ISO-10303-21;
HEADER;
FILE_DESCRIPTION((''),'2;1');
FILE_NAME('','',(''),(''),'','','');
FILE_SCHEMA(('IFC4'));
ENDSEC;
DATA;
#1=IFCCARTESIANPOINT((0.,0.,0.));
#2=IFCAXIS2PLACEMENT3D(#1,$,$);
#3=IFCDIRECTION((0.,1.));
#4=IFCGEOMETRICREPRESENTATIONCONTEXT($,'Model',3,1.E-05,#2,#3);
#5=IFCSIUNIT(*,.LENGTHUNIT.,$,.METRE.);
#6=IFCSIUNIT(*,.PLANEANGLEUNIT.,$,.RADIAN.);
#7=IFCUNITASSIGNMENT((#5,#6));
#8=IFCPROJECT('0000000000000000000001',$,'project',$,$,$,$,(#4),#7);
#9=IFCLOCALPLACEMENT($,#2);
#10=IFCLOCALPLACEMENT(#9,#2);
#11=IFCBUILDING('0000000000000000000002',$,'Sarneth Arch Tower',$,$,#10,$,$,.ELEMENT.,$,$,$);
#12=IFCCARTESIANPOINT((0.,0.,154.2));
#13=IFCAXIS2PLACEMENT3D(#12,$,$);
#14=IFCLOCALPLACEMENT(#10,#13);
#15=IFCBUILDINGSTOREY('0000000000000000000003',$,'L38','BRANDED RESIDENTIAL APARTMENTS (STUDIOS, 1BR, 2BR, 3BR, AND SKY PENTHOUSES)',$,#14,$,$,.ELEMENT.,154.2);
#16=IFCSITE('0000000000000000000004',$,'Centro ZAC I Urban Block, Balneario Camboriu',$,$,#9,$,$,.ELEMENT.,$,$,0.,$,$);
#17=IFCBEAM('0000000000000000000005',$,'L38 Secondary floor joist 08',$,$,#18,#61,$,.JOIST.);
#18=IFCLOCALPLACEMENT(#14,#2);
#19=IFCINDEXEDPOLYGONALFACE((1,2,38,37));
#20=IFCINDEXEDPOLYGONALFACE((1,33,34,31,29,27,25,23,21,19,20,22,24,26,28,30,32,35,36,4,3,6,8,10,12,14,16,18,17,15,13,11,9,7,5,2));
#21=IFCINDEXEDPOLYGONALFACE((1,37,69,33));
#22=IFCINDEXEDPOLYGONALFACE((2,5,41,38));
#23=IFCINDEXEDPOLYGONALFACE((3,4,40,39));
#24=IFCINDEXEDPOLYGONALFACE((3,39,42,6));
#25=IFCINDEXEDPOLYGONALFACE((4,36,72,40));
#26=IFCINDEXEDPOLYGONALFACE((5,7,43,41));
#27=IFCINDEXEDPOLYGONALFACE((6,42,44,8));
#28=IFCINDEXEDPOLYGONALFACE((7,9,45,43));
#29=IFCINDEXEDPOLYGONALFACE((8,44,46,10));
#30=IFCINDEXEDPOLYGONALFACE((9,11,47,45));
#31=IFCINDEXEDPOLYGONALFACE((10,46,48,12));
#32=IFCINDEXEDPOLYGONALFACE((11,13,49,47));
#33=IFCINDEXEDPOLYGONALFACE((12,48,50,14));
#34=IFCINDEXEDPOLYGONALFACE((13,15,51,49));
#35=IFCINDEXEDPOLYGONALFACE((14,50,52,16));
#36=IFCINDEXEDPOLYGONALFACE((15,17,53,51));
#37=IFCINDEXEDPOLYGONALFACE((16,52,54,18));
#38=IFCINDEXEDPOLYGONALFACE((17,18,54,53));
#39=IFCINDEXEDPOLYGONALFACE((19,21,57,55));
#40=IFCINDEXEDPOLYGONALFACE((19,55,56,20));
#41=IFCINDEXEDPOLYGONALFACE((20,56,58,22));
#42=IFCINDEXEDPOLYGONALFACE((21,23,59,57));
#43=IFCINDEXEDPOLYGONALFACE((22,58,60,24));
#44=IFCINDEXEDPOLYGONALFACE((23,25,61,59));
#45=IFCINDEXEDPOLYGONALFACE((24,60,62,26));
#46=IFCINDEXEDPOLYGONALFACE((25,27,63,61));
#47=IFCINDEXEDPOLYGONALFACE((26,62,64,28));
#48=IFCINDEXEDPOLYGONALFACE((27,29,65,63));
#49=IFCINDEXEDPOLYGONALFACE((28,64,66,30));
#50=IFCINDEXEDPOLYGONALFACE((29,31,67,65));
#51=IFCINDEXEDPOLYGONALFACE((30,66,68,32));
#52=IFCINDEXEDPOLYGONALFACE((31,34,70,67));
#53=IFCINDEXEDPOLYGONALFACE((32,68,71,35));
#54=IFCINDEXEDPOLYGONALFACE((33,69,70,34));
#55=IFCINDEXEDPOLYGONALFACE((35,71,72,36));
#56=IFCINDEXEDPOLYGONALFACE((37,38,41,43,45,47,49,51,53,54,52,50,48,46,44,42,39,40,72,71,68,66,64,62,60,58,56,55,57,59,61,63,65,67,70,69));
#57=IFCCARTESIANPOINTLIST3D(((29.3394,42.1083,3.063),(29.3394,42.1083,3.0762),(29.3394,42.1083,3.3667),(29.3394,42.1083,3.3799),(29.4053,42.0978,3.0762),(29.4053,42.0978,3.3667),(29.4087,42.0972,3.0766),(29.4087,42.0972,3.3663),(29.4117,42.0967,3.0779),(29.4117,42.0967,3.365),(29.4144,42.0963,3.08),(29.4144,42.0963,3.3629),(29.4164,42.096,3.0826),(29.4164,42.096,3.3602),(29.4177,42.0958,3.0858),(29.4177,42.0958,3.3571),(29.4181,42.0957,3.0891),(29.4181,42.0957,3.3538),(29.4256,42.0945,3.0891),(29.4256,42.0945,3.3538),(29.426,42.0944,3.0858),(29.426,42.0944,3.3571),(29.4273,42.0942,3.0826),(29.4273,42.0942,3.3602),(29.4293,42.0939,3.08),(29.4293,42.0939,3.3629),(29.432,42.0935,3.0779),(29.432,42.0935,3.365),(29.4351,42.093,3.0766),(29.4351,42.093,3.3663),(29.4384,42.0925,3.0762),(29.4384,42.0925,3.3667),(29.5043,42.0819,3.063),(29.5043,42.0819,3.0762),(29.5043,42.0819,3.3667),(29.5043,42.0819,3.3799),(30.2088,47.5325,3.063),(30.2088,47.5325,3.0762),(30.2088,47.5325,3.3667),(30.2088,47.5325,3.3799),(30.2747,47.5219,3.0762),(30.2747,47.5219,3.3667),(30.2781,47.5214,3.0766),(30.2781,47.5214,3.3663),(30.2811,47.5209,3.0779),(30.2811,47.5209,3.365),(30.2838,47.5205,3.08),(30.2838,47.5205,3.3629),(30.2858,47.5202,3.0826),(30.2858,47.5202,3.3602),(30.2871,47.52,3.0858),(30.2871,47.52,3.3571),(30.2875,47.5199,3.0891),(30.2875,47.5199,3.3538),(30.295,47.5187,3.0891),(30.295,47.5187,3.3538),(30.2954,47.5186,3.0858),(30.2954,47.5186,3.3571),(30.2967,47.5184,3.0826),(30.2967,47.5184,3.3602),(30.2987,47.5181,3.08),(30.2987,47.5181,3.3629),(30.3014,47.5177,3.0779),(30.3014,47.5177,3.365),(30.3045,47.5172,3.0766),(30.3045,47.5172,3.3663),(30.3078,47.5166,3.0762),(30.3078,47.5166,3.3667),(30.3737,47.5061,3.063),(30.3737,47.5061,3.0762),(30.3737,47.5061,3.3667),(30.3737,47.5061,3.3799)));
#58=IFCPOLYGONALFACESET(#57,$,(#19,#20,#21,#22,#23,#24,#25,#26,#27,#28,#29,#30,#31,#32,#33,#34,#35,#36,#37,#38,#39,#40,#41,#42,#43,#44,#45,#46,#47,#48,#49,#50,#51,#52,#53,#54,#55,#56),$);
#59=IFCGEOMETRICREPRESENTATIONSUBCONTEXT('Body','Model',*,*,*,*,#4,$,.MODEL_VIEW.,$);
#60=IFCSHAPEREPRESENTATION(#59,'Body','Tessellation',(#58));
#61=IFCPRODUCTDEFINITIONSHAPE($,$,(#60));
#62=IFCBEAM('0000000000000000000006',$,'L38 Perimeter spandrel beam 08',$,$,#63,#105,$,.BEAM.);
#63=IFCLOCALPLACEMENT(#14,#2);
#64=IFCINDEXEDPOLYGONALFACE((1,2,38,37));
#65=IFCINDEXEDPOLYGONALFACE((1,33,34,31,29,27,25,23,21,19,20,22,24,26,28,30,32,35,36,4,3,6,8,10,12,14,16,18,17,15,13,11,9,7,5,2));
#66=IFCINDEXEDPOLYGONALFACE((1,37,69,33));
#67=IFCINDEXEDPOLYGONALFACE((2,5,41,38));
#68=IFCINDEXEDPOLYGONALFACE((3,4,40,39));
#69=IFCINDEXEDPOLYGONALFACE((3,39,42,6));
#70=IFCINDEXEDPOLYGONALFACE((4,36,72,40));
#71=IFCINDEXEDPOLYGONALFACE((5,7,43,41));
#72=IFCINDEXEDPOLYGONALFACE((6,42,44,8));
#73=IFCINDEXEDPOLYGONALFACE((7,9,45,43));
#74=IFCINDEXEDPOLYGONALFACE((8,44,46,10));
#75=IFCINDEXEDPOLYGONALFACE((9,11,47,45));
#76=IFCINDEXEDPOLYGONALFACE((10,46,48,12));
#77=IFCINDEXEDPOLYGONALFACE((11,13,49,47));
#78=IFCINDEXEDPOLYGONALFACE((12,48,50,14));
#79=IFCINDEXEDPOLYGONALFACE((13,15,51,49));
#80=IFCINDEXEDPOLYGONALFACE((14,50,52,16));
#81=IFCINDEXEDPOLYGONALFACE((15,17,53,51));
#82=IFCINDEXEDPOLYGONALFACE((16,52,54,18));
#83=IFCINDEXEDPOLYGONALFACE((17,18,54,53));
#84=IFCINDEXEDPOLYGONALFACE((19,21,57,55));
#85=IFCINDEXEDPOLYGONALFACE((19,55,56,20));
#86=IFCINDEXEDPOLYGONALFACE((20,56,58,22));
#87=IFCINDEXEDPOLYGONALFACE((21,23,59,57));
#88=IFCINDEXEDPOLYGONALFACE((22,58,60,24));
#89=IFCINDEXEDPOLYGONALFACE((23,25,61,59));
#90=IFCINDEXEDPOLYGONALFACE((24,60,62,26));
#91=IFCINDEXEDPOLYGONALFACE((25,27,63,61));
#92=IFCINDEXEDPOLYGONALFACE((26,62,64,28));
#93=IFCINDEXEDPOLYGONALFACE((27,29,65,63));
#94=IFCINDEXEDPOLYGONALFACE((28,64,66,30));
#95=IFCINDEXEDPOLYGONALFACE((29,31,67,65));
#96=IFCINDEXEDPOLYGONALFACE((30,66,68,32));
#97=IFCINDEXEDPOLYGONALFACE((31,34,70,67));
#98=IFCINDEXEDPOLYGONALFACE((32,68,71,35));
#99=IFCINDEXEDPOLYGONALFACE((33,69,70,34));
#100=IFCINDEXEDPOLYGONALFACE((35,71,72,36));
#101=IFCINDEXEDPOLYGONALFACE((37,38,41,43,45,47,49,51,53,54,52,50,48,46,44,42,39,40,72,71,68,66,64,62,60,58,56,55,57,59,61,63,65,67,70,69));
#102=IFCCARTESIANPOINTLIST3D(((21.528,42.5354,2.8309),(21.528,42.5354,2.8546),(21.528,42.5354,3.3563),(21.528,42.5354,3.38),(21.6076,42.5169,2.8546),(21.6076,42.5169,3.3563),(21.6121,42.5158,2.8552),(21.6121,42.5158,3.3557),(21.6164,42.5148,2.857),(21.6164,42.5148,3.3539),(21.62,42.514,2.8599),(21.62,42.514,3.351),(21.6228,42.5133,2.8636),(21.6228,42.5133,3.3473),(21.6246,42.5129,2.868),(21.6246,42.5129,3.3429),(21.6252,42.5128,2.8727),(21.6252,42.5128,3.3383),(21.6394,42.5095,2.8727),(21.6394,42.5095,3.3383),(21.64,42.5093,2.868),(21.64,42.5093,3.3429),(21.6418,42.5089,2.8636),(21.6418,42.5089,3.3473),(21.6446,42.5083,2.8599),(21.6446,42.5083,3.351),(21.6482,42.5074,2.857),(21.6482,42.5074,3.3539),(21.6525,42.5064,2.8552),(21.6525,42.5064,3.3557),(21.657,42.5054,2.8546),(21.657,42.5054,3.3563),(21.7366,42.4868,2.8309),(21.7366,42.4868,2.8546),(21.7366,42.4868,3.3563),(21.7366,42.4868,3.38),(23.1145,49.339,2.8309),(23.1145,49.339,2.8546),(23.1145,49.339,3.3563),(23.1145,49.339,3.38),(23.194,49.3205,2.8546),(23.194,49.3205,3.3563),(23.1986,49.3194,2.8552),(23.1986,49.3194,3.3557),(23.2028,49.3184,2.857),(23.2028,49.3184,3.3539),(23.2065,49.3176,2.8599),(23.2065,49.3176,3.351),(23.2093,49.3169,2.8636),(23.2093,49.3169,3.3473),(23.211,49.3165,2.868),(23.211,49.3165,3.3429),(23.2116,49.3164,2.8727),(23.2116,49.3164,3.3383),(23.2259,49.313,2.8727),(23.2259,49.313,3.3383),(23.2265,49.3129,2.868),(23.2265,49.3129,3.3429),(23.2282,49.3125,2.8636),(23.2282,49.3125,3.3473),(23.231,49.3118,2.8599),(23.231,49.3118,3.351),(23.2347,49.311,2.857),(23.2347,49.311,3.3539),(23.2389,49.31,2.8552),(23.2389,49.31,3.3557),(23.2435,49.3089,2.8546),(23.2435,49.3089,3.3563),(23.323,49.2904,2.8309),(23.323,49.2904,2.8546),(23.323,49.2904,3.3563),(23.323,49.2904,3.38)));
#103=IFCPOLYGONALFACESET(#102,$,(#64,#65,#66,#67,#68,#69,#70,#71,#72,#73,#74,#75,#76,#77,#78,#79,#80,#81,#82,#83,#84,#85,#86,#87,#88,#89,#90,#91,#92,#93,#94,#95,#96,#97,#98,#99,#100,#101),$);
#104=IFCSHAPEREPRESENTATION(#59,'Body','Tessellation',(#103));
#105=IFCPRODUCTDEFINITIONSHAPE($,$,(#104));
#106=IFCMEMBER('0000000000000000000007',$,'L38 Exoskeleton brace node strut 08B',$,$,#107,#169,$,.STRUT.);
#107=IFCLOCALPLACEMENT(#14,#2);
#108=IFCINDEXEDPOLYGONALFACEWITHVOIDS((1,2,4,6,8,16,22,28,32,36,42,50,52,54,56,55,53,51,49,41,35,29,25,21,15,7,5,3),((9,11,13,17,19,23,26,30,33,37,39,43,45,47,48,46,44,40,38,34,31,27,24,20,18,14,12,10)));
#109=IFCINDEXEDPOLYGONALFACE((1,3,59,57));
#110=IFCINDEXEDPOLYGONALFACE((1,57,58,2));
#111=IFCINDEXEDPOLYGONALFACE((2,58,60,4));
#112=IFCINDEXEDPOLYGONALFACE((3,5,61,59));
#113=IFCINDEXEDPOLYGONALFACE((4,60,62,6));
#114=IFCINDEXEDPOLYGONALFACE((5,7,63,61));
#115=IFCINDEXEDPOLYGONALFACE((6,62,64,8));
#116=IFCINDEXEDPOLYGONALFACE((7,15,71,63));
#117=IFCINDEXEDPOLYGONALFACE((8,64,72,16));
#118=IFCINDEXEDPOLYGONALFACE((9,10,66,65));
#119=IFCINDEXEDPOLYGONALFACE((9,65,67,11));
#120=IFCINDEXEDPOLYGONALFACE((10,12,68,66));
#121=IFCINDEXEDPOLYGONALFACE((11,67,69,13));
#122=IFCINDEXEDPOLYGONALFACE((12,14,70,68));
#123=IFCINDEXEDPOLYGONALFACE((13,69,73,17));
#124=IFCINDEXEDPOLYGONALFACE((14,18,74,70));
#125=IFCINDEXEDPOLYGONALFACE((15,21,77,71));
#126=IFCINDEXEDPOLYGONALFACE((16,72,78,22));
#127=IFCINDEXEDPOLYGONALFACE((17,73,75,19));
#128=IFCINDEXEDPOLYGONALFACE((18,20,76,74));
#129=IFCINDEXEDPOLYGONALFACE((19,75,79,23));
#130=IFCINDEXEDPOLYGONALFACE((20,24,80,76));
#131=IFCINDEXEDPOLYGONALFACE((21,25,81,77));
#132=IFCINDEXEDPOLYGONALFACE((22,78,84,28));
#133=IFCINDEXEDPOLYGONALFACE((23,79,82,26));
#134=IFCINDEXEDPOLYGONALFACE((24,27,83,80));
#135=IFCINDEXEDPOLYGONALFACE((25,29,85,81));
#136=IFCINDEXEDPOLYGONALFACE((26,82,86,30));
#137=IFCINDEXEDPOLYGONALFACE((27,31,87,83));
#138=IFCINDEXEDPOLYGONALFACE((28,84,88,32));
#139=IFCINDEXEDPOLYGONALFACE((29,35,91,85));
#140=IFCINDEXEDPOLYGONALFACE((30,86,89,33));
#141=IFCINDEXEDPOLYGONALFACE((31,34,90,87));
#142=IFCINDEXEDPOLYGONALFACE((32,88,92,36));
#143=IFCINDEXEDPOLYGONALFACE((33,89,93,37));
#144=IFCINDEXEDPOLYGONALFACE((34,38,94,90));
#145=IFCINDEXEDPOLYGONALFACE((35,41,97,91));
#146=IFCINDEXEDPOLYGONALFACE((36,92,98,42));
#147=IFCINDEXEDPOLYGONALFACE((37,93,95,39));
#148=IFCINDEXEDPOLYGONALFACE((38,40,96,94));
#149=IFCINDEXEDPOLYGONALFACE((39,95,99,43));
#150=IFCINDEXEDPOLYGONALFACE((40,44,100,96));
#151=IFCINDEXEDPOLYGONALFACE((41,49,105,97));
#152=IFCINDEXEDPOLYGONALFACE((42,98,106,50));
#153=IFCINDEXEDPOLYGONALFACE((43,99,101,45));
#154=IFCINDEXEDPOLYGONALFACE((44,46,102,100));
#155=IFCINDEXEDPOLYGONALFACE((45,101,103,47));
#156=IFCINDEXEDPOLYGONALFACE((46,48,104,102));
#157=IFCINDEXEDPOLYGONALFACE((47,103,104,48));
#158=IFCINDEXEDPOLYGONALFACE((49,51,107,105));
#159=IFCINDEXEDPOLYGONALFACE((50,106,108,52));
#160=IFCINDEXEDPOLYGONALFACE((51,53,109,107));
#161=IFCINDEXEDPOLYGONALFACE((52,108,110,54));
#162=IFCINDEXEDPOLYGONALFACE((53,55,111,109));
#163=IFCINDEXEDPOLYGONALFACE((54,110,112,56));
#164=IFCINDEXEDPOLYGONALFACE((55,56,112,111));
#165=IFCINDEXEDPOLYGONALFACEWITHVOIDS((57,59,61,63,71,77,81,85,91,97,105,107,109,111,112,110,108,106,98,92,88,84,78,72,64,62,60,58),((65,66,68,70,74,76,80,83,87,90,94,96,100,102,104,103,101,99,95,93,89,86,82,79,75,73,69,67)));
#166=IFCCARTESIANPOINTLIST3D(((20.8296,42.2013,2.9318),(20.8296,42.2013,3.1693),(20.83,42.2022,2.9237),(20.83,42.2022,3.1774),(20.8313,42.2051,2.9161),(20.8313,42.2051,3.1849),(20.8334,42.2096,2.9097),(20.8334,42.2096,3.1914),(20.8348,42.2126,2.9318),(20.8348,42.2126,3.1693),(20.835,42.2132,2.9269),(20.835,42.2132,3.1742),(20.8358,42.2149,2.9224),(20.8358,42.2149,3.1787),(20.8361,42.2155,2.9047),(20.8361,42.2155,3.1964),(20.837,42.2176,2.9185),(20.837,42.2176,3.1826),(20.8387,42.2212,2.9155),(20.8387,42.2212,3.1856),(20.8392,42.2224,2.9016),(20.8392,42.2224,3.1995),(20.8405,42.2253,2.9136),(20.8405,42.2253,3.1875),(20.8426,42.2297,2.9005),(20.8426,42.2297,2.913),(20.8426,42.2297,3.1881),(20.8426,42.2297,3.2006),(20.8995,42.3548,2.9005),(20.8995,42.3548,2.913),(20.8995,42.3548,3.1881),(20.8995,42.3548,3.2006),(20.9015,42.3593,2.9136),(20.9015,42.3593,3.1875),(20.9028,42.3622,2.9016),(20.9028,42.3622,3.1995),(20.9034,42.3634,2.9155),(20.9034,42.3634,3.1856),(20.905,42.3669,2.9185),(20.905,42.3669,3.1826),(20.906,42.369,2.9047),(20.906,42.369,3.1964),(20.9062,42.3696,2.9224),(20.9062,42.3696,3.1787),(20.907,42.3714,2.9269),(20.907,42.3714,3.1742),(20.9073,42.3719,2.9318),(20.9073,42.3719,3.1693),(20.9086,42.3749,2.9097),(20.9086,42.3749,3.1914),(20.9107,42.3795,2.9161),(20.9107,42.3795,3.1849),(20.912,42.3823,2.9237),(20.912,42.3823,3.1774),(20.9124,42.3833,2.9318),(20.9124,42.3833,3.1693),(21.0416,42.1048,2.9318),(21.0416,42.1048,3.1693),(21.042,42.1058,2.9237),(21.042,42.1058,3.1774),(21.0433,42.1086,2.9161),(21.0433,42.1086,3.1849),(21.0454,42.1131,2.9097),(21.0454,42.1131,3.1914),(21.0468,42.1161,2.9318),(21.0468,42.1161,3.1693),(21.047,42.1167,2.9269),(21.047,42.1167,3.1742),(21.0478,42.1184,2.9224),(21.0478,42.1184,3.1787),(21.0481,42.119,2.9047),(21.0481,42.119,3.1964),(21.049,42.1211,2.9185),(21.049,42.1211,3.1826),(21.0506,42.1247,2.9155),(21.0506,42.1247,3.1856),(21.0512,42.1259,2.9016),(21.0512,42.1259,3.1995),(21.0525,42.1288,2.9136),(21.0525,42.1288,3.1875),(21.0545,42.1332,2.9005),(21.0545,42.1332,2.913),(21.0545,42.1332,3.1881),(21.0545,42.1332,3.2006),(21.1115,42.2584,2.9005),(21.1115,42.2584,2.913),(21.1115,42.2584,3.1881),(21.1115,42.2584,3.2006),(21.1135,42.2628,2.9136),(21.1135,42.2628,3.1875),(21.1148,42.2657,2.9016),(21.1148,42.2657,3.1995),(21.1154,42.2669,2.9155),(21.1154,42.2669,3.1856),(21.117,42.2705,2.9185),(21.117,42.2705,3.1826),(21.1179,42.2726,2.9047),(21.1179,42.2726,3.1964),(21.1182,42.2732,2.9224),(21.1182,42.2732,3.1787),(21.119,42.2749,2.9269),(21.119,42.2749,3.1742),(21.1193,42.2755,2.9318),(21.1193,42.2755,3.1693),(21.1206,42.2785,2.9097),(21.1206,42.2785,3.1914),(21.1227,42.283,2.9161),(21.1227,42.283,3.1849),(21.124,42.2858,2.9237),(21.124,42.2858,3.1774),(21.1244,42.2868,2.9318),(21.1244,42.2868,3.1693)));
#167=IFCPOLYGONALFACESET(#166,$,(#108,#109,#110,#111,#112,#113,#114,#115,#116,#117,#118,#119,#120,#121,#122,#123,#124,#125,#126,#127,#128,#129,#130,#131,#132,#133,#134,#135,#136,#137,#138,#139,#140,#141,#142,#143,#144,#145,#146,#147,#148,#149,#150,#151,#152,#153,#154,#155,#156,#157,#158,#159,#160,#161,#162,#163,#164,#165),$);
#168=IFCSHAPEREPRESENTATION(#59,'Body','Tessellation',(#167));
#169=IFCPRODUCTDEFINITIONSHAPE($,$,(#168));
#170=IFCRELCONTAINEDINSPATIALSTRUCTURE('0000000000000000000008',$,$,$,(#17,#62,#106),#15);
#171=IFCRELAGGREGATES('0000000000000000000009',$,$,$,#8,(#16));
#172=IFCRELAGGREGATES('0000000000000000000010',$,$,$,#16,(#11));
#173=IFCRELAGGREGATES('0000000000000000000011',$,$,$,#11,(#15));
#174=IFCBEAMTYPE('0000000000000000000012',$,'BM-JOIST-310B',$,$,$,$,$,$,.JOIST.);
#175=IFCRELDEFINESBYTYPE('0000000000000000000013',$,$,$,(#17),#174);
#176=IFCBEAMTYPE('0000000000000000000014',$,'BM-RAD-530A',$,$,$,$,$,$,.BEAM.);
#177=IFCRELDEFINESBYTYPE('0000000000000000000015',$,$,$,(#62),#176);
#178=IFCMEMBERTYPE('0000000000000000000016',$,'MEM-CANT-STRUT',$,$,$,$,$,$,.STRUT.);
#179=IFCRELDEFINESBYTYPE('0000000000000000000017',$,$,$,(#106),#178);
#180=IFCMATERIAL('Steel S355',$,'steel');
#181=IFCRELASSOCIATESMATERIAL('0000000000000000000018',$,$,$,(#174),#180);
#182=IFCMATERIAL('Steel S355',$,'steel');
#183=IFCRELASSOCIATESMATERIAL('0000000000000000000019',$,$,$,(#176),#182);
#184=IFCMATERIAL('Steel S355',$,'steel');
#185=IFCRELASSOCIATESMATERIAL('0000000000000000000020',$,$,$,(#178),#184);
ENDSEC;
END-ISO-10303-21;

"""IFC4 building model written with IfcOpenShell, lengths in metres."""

from ifc_helpers import new_model, si_unit, direction, frame, origin, origin_2d, place, context, subcontext, project, spatial, hollow_rectangle, i_section, extrude, material, material_profile, profile_set, type_object, element, save


model = new_model("IFC4")

# Units and contexts
model_context = context("Model", 3, precision=1e-05, world=origin(), true_north=direction((0.0, 1.0)))
body_context = subcontext(model_context, "Body", "Model", "MODEL_VIEW")
ifc_project = project(units=[si_unit("LENGTHUNIT", "METRE"), si_unit("PLANEANGLEUNIT", "RADIAN")], contexts=[model_context])

# Site, building, storey
site_placement = place(None, origin())
site = spatial("IfcSite", under=ifc_project, at=site_placement, Name="Centro ZAC I Urban Block, Balneario Camboriu", CompositionType="ELEMENT", RefElevation=0.0)
building_placement = place(site_placement, origin())
building = spatial("IfcBuilding", under=site, at=building_placement, Name="Sarneth Arch Tower", CompositionType="ELEMENT")
storey_placement = place(building_placement, frame((0.0, 0.0, 154.2)))
storey = spatial("IfcBuildingStorey", under=building, at=storey_placement, Name="L38", Description="BRANDED RESIDENTIAL APARTMENTS (STUDIOS, 1BR, 2BR, 3BR, AND SKY PENTHOUSES)", CompositionType="ELEMENT", Elevation=154.2)

# Beams
ifc_material_1 = material(Name="Steel S355", Category="steel")
ifc_material_profile_1 = material_profile(ifc_material_1, i_section(OverallWidth=0.167, OverallDepth=0.3169, WebThickness=0.0076, FlangeThickness=0.0132, FilletRadius=0.0129, at=origin_2d()), Name="W310x52")
ifc_profile_set_1 = profile_set([ifc_material_profile_1], Name="Steel S355")
beam_type_1 = type_object("IfcBeamType", Name="BM-JOIST-310B", PredefinedType="JOIST", material=ifc_profile_set_1)
beam_1_placement = place(storey_placement, frame((30.2913, 47.5193, 3.2214), z_axis=(-0.158263, -0.987397, 0.0), x_axis=(0.987397, -0.158263, 0.0)))
element("IfcBeam", 1, at=beam_1_placement, inside=storey, type_object=beam_type_1, Name="L38 Secondary floor joist 08", PredefinedType="JOIST", context=body_context, shape_type="SweptSolid", body=[
    extrude(i_section(OverallWidth=0.167, OverallDepth=0.3169, WebThickness=0.0076, FlangeThickness=0.0132, FilletRadius=0.0129, at=origin_2d()), origin(), (0.0, 0.0, 1.0), 5.4934),
])
ifc_material_2 = material(Name="Steel S355", Category="steel")
ifc_material_profile_2 = material_profile(ifc_material_2, i_section(OverallWidth=0.2141, OverallDepth=0.5491, WebThickness=0.0146, FlangeThickness=0.0237, FilletRadius=0.0181, at=origin_2d()), Name="W530x138")
ifc_profile_set_2 = profile_set([ifc_material_profile_2], Name="Steel S355")
beam_type_2 = type_object("IfcBeamType", Name="BM-RAD-530A", PredefinedType="BEAM", material=ifc_profile_set_2)
beam_2_placement = place(storey_placement, frame((23.2188, 49.3147, 3.1055), z_axis=(-0.227087, -0.973874, 0.0), x_axis=(0.973874, -0.227087, 0.0)))
element("IfcBeam", 2, at=beam_2_placement, inside=storey, type_object=beam_type_2, Name="L38 Perimeter spandrel beam 08", PredefinedType="BEAM", context=body_context, shape_type="SweptSolid", body=[
    extrude(i_section(OverallWidth=0.2141, OverallDepth=0.5491, WebThickness=0.0146, FlangeThickness=0.0237, FilletRadius=0.0181, at=origin_2d()), origin(), (0.0, 0.0, 1.0), 6.9861),
])

# Member
ifc_material_3 = material(Name="Steel S355", Category="steel")
ifc_material_profile_3 = material_profile(ifc_material_3, hollow_rectangle(XDim=0.2, YDim=0.3, WallThickness=0.0125, InnerFilletRadius=0.0188, OuterFilletRadius=0.0312, at=origin_2d()), Name="RHS300x200x12.5")
ifc_profile_set_3 = profile_set([ifc_material_profile_3], Name="Steel S355")
member_type_1 = type_object("IfcMemberType", Name="MEM-CANT-STRUT", PredefinedType="STRUT", material=ifc_profile_set_3)
member_1_placement = place(storey_placement, frame((21.083, 42.1958, 3.0505), z_axis=(-0.910187, 0.414198, 0.0), x_axis=(-0.414198, -0.910187, 0.0)))
element("IfcMember", 3, at=member_1_placement, inside=storey, type_object=member_type_1, Name="L38 Exoskeleton brace node strut 08B", PredefinedType="STRUT", context=body_context, shape_type="SweptSolid", body=[
    extrude(hollow_rectangle(XDim=0.2, YDim=0.3, WallThickness=0.0125, InnerFilletRadius=0.0188, OuterFilletRadius=0.0312, at=origin_2d()), origin(), (0.0, 0.0, 1.0), 0.2329),
])

save(model, "model.ifc")
